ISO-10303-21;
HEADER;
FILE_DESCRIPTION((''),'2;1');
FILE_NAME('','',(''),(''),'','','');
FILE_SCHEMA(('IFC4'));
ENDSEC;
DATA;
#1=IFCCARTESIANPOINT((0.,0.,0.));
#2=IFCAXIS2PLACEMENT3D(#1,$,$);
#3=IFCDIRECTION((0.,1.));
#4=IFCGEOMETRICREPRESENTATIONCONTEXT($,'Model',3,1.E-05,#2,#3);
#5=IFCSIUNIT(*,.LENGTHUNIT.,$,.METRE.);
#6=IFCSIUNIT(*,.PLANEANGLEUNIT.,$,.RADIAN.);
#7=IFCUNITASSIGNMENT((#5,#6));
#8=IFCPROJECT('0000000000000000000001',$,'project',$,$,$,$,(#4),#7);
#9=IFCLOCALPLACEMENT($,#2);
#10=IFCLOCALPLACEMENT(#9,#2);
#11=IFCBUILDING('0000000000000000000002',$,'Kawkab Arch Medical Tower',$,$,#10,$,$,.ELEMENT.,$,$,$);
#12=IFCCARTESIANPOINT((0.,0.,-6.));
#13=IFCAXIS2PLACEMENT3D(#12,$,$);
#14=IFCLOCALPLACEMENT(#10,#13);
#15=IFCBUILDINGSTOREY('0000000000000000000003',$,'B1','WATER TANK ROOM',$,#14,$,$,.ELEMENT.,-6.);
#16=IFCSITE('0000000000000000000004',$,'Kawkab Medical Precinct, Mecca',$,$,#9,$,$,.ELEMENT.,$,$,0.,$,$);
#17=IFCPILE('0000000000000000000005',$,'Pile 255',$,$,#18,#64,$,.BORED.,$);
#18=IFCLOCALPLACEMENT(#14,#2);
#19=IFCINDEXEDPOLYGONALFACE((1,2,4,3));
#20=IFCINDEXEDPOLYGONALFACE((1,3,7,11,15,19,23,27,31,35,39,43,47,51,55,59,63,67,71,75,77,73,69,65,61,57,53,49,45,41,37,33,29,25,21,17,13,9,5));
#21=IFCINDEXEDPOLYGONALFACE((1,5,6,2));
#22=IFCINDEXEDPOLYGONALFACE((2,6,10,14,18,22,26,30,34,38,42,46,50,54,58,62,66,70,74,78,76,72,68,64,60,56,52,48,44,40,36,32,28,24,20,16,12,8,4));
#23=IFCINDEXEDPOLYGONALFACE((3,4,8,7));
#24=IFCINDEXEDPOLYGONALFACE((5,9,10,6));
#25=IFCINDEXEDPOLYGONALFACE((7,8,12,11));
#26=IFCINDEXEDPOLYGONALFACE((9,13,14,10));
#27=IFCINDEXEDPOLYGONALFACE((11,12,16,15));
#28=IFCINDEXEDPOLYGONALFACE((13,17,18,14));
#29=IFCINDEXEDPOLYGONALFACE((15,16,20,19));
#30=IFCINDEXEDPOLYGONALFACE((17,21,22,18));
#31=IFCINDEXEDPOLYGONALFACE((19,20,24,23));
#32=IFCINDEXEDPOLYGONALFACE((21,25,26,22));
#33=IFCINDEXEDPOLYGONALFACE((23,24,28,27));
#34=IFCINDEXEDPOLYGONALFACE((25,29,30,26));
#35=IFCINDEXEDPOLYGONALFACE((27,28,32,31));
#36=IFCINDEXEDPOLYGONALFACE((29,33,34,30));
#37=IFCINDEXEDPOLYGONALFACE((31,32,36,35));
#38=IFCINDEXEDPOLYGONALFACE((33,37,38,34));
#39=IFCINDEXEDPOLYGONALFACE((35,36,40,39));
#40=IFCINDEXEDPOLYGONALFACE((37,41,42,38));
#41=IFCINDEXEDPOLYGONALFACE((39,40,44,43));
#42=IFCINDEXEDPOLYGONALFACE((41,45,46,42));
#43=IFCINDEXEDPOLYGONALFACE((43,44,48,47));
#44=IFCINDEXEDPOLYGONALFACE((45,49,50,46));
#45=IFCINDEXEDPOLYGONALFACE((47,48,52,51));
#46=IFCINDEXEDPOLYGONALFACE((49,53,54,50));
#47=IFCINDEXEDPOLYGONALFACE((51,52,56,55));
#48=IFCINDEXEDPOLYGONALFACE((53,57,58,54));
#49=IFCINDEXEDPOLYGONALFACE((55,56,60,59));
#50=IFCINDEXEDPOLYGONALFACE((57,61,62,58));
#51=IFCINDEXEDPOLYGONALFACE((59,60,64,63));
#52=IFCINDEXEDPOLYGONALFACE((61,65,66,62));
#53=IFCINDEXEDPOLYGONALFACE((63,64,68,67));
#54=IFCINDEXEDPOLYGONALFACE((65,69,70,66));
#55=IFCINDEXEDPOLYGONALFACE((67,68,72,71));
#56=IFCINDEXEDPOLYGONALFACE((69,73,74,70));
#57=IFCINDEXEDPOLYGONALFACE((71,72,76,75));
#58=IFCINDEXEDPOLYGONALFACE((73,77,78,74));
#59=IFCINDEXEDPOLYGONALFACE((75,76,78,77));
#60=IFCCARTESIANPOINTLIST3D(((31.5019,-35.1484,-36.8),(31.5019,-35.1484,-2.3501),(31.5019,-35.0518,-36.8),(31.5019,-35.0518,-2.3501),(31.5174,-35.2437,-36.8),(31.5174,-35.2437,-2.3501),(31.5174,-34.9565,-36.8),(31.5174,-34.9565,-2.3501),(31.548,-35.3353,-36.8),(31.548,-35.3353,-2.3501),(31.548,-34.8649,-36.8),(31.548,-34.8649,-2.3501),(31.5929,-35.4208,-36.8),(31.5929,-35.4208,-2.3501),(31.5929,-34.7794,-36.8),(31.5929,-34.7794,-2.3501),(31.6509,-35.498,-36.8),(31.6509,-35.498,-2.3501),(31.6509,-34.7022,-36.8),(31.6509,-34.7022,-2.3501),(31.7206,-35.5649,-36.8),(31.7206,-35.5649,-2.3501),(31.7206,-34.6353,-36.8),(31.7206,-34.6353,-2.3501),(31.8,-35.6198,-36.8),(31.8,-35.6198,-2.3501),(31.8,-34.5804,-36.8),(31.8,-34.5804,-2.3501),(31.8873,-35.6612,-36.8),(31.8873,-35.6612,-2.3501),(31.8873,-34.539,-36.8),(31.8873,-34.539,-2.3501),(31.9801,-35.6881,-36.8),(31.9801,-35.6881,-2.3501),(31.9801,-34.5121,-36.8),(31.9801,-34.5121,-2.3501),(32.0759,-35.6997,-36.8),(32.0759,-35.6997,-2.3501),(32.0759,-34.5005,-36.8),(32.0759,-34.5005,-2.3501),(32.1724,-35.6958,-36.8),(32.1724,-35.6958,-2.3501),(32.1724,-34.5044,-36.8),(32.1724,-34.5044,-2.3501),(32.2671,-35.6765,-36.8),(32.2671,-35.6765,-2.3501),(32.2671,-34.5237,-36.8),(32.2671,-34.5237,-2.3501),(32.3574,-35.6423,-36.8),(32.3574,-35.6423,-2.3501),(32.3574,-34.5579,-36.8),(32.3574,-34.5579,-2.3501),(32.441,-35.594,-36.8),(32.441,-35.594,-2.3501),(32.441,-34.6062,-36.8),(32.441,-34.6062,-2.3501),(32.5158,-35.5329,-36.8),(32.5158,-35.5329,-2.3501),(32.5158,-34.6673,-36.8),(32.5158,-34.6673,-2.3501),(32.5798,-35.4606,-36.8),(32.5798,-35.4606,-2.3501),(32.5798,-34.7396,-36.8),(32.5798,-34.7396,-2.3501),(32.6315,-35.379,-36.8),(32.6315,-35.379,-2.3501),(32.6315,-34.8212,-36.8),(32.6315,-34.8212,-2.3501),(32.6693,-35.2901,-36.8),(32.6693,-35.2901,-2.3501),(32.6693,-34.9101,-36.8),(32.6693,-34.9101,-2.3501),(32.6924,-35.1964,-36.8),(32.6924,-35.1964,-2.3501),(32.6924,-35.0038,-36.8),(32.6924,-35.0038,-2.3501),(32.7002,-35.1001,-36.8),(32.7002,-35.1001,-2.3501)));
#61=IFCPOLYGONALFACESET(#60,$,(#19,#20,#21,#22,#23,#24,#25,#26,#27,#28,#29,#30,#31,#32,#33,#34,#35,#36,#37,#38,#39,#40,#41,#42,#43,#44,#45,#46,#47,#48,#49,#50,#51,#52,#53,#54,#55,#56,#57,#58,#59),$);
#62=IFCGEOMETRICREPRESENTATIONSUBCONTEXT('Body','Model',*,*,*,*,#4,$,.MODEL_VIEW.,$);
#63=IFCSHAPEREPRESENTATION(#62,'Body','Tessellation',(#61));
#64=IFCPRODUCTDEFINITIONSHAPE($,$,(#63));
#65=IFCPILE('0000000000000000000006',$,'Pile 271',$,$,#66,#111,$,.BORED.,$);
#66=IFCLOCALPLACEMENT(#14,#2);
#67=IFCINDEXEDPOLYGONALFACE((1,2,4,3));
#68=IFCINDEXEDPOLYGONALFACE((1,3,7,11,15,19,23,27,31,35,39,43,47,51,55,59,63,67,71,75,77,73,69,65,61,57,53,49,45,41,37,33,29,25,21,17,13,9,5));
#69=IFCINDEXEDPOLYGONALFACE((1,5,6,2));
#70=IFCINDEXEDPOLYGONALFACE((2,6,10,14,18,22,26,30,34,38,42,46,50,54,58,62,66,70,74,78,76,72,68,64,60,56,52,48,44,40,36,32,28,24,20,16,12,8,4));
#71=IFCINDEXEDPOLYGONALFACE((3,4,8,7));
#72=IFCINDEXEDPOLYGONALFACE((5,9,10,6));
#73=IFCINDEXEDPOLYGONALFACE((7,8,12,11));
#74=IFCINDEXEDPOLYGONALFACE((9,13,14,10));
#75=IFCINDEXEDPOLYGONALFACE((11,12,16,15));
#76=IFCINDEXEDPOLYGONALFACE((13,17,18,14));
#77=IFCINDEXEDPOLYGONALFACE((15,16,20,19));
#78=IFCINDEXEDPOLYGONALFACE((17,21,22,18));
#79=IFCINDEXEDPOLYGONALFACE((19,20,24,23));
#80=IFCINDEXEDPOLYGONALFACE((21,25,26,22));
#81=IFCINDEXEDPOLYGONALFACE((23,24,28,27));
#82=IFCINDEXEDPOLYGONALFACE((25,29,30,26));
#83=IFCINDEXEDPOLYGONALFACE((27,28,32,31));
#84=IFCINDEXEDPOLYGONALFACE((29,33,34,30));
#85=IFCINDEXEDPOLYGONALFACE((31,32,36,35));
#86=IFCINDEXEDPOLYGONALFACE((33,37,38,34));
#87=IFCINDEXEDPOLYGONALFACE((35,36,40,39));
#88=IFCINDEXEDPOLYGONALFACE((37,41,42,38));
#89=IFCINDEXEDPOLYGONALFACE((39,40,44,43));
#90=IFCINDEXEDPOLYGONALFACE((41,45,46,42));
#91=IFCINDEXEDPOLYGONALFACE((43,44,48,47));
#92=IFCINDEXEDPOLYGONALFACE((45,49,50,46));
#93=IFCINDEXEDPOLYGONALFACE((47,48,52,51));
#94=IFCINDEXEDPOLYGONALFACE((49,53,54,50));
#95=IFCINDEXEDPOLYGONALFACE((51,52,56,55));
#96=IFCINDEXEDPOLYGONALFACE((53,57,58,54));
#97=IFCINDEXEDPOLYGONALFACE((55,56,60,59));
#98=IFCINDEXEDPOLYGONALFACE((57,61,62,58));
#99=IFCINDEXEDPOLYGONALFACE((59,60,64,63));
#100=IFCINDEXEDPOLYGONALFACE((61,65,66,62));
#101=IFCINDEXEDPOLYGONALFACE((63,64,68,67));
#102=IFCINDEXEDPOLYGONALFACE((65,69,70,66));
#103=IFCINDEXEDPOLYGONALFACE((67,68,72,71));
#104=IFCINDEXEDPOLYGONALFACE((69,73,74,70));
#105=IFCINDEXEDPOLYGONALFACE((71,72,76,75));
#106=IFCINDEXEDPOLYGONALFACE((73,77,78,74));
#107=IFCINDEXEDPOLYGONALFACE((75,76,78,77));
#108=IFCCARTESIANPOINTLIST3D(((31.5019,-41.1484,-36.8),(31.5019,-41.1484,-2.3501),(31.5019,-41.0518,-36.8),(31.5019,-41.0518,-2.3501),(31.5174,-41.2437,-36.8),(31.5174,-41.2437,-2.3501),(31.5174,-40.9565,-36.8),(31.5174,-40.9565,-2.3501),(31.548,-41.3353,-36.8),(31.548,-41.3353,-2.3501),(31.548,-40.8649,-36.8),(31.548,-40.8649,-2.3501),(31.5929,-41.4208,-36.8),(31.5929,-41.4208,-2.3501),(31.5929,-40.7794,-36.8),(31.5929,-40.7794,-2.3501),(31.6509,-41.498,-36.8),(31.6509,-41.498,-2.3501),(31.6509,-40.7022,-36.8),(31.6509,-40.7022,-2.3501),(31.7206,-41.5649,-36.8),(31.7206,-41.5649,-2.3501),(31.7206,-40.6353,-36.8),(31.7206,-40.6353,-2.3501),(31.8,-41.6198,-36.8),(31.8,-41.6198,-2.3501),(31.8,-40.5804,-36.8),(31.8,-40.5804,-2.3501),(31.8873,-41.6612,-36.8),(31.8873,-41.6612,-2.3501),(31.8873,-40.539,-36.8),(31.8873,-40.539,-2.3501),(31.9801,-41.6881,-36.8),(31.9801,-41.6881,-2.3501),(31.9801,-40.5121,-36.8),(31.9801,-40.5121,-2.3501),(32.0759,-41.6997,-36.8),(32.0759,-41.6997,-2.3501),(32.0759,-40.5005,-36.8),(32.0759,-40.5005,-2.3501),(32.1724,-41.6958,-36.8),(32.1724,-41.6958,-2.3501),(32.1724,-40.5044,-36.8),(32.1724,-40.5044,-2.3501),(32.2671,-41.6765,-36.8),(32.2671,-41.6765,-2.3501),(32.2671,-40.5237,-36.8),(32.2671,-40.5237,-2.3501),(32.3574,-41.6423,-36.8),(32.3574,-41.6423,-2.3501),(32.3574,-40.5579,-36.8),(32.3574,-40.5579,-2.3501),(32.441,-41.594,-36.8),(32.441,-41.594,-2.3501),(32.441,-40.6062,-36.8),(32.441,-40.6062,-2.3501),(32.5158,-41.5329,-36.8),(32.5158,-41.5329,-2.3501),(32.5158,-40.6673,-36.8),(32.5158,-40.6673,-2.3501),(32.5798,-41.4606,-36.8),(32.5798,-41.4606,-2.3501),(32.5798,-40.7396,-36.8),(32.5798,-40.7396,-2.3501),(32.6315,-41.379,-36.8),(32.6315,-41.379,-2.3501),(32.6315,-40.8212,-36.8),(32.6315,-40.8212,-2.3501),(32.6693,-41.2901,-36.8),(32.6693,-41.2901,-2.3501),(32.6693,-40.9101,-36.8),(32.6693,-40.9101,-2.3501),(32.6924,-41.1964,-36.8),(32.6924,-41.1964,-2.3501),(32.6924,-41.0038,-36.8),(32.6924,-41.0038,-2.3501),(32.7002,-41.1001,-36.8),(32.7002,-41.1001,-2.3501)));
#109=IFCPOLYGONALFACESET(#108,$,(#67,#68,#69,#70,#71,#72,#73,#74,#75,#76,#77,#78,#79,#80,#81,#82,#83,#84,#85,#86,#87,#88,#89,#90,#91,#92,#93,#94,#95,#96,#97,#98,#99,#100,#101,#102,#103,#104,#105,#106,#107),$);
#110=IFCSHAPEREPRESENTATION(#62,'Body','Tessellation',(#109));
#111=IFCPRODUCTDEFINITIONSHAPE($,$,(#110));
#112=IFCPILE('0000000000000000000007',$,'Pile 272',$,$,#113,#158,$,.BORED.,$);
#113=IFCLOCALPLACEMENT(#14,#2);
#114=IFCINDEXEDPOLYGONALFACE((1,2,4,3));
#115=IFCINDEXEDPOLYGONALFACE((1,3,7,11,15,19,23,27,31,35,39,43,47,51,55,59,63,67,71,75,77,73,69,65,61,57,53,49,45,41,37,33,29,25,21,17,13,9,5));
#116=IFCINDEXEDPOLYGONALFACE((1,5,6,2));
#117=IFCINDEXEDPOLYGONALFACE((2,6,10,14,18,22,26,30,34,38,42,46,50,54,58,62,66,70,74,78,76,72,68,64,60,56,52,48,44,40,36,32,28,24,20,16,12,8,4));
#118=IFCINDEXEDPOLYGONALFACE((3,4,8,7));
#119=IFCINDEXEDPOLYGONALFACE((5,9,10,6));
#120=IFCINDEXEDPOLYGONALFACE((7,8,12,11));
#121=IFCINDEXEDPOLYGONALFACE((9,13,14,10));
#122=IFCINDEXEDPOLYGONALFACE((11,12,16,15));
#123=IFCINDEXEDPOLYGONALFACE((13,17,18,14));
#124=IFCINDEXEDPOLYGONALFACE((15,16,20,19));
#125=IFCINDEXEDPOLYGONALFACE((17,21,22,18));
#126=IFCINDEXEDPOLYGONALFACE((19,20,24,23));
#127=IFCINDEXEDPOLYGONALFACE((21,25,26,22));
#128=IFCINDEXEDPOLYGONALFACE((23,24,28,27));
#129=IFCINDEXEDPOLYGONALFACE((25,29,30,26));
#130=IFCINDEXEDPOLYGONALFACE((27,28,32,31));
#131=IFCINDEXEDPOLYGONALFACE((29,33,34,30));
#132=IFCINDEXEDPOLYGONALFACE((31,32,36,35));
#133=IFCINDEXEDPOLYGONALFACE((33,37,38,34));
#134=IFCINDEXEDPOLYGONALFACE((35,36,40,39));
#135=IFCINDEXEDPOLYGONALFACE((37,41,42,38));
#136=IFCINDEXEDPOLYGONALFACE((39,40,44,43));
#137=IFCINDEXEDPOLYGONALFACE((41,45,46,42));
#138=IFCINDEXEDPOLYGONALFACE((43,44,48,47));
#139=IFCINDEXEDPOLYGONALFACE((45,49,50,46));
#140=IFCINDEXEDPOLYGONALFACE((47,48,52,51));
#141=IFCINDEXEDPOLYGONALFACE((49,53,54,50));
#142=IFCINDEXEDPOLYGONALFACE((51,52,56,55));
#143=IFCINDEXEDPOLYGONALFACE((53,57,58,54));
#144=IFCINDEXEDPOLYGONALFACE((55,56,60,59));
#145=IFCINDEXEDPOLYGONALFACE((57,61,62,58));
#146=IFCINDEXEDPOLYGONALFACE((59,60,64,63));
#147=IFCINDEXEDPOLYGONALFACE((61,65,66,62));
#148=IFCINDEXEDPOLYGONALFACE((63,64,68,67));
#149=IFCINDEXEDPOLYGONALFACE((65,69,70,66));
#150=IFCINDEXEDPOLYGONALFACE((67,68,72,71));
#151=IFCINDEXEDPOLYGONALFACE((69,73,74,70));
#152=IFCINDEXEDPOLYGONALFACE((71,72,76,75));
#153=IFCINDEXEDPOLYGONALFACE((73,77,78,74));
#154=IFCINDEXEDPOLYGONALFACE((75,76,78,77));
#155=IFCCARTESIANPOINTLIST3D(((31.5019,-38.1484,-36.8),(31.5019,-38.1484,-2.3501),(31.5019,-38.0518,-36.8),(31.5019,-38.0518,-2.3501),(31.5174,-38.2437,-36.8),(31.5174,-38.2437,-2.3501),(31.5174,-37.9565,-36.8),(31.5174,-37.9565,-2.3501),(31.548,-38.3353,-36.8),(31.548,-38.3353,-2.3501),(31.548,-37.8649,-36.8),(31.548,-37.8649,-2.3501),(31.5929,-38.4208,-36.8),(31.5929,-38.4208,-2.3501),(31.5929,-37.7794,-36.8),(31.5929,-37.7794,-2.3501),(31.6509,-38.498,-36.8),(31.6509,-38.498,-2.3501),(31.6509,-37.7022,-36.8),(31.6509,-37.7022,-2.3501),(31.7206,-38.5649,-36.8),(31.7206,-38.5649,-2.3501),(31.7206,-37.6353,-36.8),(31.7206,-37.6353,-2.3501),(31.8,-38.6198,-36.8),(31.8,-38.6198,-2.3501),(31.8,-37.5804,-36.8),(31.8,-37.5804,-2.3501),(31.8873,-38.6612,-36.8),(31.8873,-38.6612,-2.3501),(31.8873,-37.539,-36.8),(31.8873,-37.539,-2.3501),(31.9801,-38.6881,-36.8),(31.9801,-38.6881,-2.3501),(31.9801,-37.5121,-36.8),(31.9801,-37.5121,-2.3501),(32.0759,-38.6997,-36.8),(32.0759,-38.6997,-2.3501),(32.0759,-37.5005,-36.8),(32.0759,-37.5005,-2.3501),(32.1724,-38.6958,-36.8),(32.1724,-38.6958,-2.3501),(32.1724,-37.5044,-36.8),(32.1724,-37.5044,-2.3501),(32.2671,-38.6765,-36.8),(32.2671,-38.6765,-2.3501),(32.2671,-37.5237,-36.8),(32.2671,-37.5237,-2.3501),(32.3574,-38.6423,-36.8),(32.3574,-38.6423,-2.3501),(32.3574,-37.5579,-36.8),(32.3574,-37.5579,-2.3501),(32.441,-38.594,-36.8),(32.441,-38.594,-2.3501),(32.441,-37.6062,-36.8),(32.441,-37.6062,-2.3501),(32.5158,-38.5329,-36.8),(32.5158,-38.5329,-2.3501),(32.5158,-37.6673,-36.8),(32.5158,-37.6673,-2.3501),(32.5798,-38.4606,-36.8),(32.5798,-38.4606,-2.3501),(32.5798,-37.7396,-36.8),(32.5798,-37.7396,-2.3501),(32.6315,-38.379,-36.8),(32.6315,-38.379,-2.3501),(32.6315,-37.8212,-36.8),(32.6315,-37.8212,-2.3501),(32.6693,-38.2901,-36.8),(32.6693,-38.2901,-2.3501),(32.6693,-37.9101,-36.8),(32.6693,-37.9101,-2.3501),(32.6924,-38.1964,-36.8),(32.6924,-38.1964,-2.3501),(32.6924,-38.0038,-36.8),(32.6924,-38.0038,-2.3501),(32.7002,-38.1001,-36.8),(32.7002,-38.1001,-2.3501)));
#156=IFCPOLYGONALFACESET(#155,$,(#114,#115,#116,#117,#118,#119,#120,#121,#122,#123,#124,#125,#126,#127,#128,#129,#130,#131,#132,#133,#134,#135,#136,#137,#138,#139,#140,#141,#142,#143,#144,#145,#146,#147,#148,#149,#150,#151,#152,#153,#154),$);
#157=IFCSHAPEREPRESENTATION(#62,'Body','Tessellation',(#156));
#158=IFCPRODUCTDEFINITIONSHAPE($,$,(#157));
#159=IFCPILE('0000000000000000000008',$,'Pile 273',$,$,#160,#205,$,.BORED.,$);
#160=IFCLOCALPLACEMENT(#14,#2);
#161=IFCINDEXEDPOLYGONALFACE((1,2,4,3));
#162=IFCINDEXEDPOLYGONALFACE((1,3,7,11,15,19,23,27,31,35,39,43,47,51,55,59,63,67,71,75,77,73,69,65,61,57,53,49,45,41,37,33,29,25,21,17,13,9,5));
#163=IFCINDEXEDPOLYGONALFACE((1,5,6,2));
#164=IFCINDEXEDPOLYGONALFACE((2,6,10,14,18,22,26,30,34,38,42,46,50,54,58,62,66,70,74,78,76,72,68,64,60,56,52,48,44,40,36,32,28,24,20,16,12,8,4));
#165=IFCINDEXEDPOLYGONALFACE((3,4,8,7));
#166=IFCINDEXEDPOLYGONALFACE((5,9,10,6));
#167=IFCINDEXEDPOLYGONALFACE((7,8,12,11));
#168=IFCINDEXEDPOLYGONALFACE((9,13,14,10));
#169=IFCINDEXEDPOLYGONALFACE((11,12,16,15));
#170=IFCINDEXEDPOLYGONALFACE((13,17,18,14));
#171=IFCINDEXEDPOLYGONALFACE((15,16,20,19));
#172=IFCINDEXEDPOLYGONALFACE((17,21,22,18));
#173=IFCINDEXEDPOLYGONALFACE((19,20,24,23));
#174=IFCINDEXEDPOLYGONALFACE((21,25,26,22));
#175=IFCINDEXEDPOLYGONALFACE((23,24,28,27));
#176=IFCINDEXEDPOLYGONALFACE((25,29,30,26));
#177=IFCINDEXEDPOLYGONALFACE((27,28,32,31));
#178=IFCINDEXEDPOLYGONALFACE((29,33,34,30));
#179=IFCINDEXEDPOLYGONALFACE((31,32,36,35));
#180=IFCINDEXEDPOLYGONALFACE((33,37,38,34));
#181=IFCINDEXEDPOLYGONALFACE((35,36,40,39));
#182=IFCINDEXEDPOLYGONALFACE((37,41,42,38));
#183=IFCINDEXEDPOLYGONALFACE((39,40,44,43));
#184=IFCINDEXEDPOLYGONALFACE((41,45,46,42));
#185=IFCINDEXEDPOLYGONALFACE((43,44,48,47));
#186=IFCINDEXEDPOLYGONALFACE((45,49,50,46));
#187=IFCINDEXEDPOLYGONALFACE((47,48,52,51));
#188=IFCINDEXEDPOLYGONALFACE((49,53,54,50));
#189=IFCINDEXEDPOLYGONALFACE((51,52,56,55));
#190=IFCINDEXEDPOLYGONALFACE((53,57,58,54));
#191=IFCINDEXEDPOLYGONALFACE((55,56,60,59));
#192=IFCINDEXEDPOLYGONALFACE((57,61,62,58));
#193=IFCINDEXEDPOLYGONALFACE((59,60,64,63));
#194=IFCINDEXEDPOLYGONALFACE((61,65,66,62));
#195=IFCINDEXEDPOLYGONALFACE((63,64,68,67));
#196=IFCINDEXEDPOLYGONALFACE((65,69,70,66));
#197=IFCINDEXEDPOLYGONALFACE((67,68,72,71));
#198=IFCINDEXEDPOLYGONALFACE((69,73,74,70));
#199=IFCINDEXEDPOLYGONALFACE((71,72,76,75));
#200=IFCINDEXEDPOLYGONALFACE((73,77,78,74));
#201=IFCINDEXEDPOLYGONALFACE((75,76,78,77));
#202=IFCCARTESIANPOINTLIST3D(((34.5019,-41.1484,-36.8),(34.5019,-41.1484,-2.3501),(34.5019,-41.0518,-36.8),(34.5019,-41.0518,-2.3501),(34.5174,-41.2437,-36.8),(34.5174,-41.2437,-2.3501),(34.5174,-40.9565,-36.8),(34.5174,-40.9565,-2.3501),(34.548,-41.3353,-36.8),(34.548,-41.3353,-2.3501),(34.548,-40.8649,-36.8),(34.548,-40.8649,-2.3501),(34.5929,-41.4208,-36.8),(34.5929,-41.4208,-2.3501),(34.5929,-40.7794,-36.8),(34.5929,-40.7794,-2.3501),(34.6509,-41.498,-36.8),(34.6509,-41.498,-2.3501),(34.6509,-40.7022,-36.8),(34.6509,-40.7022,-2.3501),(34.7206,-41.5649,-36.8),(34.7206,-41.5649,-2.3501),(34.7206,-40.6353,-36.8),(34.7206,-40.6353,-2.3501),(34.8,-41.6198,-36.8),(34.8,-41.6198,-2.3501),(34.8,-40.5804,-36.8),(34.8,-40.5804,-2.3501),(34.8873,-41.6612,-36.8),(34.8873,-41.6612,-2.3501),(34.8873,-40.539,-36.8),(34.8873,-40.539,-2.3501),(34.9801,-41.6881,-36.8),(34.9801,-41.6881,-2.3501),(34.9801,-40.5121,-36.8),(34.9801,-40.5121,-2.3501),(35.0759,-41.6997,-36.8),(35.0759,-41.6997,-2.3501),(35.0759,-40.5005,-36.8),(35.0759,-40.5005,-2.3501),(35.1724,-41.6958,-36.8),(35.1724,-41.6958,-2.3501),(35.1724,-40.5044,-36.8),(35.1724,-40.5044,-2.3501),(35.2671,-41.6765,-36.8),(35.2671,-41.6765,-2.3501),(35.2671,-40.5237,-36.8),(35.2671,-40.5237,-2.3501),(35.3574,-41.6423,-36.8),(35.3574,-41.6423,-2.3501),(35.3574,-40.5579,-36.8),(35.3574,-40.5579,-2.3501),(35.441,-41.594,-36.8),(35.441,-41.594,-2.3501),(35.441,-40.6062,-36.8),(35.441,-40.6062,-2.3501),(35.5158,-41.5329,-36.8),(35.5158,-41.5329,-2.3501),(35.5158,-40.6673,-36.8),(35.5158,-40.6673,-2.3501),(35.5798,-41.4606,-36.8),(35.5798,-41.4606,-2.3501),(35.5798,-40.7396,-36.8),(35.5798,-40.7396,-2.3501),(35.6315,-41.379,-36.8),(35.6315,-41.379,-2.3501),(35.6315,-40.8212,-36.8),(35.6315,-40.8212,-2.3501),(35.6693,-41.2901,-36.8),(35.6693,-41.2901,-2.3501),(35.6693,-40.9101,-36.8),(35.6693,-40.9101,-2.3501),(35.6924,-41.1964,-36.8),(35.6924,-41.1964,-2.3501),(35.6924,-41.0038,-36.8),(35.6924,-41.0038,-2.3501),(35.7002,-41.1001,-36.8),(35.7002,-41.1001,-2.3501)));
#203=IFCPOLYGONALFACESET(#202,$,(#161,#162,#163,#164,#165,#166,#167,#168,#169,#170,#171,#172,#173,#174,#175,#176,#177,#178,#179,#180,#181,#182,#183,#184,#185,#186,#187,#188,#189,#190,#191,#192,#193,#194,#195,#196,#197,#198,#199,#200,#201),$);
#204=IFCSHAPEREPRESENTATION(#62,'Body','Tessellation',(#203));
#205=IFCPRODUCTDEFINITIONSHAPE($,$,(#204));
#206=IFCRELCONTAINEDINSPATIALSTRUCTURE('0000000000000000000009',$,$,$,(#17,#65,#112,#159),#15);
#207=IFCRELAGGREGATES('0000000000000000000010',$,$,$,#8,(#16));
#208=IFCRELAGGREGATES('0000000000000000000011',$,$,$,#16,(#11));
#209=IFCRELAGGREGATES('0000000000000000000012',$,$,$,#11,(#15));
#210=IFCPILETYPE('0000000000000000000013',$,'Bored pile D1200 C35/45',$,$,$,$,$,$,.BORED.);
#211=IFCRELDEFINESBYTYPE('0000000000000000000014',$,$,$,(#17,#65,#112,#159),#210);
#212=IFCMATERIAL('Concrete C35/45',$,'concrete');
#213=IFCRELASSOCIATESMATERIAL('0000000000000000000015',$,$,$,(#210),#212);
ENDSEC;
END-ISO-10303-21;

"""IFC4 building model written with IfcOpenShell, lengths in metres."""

from ifc_helpers import new_model, si_unit, direction, frame, origin, origin_2d, place, context, subcontext, project, spatial, circle, extrude, material, material_profile, profile_set, type_object, element, save


model = new_model("IFC4")

# Units and contexts
model_context = context("Model", 3, precision=1e-05, world=origin(), true_north=direction((0.0, 1.0)))
body_context = subcontext(model_context, "Body", "Model", "MODEL_VIEW")
ifc_project = project(units=[si_unit("LENGTHUNIT", "METRE"), si_unit("PLANEANGLEUNIT", "RADIAN")], contexts=[model_context])

# Site, building, storey
site_placement = place(None, origin())
site = spatial("IfcSite", under=ifc_project, at=site_placement, Name="Kawkab Medical Precinct, Mecca", CompositionType="ELEMENT", RefElevation=0.0)
building_placement = place(site_placement, origin())
building = spatial("IfcBuilding", under=site, at=building_placement, Name="Kawkab Arch Medical Tower", CompositionType="ELEMENT")
storey_placement = place(building_placement, frame((0.0, 0.0, -6.0)))
storey = spatial("IfcBuildingStorey", under=building, at=storey_placement, Name="B1", Description="WATER TANK ROOM", CompositionType="ELEMENT", Elevation=-6.0)

# Piles
ifc_material_1 = material(Name="Concrete C35/45", Category="concrete")
ifc_material_profile_1 = material_profile(ifc_material_1, circle(Radius=0.6001, at=origin_2d()), Name="Bored pile D1200")
ifc_profile_set_1 = profile_set([ifc_material_profile_1], Name="Concrete C35/45")
pile_type_1 = type_object("IfcPileType", Name="Bored pile D1200 C35/45", PredefinedType="BORED", material=ifc_profile_set_1)
for number, where, z_axis, x_axis, name in (
    (1, (32.1001, -35.1001, -2.3501), (0.0, 0.0, -1.0), (1.0, 0.0, 0.0), "Pile 255"),
    (2, (32.1001, -41.1001, -2.3501), (0.0, 0.0, -1.0), (1.0, 0.0, 0.0), "Pile 271"),
    (3, (32.1001, -38.1001, -2.3501), (0.0, 0.0, -1.0), (1.0, 0.0, 0.0), "Pile 272"),
    (4, (35.1001, -41.1001, -2.3501), (0.0, 0.0, -1.0), (1.0, 0.0, 0.0), "Pile 273"),
):
    element("IfcPile", number, at=place(storey_placement, frame(where, z_axis=z_axis, x_axis=x_axis)), inside=storey, type_object=pile_type_1, Name=name, PredefinedType="BORED", context=body_context, shape_type="SweptSolid", body=[
        extrude(circle(Radius=0.6001, at=origin_2d()), origin(), (0.0, 0.0, 1.0), 34.45),
    ])

save(model, "model.ifc")
